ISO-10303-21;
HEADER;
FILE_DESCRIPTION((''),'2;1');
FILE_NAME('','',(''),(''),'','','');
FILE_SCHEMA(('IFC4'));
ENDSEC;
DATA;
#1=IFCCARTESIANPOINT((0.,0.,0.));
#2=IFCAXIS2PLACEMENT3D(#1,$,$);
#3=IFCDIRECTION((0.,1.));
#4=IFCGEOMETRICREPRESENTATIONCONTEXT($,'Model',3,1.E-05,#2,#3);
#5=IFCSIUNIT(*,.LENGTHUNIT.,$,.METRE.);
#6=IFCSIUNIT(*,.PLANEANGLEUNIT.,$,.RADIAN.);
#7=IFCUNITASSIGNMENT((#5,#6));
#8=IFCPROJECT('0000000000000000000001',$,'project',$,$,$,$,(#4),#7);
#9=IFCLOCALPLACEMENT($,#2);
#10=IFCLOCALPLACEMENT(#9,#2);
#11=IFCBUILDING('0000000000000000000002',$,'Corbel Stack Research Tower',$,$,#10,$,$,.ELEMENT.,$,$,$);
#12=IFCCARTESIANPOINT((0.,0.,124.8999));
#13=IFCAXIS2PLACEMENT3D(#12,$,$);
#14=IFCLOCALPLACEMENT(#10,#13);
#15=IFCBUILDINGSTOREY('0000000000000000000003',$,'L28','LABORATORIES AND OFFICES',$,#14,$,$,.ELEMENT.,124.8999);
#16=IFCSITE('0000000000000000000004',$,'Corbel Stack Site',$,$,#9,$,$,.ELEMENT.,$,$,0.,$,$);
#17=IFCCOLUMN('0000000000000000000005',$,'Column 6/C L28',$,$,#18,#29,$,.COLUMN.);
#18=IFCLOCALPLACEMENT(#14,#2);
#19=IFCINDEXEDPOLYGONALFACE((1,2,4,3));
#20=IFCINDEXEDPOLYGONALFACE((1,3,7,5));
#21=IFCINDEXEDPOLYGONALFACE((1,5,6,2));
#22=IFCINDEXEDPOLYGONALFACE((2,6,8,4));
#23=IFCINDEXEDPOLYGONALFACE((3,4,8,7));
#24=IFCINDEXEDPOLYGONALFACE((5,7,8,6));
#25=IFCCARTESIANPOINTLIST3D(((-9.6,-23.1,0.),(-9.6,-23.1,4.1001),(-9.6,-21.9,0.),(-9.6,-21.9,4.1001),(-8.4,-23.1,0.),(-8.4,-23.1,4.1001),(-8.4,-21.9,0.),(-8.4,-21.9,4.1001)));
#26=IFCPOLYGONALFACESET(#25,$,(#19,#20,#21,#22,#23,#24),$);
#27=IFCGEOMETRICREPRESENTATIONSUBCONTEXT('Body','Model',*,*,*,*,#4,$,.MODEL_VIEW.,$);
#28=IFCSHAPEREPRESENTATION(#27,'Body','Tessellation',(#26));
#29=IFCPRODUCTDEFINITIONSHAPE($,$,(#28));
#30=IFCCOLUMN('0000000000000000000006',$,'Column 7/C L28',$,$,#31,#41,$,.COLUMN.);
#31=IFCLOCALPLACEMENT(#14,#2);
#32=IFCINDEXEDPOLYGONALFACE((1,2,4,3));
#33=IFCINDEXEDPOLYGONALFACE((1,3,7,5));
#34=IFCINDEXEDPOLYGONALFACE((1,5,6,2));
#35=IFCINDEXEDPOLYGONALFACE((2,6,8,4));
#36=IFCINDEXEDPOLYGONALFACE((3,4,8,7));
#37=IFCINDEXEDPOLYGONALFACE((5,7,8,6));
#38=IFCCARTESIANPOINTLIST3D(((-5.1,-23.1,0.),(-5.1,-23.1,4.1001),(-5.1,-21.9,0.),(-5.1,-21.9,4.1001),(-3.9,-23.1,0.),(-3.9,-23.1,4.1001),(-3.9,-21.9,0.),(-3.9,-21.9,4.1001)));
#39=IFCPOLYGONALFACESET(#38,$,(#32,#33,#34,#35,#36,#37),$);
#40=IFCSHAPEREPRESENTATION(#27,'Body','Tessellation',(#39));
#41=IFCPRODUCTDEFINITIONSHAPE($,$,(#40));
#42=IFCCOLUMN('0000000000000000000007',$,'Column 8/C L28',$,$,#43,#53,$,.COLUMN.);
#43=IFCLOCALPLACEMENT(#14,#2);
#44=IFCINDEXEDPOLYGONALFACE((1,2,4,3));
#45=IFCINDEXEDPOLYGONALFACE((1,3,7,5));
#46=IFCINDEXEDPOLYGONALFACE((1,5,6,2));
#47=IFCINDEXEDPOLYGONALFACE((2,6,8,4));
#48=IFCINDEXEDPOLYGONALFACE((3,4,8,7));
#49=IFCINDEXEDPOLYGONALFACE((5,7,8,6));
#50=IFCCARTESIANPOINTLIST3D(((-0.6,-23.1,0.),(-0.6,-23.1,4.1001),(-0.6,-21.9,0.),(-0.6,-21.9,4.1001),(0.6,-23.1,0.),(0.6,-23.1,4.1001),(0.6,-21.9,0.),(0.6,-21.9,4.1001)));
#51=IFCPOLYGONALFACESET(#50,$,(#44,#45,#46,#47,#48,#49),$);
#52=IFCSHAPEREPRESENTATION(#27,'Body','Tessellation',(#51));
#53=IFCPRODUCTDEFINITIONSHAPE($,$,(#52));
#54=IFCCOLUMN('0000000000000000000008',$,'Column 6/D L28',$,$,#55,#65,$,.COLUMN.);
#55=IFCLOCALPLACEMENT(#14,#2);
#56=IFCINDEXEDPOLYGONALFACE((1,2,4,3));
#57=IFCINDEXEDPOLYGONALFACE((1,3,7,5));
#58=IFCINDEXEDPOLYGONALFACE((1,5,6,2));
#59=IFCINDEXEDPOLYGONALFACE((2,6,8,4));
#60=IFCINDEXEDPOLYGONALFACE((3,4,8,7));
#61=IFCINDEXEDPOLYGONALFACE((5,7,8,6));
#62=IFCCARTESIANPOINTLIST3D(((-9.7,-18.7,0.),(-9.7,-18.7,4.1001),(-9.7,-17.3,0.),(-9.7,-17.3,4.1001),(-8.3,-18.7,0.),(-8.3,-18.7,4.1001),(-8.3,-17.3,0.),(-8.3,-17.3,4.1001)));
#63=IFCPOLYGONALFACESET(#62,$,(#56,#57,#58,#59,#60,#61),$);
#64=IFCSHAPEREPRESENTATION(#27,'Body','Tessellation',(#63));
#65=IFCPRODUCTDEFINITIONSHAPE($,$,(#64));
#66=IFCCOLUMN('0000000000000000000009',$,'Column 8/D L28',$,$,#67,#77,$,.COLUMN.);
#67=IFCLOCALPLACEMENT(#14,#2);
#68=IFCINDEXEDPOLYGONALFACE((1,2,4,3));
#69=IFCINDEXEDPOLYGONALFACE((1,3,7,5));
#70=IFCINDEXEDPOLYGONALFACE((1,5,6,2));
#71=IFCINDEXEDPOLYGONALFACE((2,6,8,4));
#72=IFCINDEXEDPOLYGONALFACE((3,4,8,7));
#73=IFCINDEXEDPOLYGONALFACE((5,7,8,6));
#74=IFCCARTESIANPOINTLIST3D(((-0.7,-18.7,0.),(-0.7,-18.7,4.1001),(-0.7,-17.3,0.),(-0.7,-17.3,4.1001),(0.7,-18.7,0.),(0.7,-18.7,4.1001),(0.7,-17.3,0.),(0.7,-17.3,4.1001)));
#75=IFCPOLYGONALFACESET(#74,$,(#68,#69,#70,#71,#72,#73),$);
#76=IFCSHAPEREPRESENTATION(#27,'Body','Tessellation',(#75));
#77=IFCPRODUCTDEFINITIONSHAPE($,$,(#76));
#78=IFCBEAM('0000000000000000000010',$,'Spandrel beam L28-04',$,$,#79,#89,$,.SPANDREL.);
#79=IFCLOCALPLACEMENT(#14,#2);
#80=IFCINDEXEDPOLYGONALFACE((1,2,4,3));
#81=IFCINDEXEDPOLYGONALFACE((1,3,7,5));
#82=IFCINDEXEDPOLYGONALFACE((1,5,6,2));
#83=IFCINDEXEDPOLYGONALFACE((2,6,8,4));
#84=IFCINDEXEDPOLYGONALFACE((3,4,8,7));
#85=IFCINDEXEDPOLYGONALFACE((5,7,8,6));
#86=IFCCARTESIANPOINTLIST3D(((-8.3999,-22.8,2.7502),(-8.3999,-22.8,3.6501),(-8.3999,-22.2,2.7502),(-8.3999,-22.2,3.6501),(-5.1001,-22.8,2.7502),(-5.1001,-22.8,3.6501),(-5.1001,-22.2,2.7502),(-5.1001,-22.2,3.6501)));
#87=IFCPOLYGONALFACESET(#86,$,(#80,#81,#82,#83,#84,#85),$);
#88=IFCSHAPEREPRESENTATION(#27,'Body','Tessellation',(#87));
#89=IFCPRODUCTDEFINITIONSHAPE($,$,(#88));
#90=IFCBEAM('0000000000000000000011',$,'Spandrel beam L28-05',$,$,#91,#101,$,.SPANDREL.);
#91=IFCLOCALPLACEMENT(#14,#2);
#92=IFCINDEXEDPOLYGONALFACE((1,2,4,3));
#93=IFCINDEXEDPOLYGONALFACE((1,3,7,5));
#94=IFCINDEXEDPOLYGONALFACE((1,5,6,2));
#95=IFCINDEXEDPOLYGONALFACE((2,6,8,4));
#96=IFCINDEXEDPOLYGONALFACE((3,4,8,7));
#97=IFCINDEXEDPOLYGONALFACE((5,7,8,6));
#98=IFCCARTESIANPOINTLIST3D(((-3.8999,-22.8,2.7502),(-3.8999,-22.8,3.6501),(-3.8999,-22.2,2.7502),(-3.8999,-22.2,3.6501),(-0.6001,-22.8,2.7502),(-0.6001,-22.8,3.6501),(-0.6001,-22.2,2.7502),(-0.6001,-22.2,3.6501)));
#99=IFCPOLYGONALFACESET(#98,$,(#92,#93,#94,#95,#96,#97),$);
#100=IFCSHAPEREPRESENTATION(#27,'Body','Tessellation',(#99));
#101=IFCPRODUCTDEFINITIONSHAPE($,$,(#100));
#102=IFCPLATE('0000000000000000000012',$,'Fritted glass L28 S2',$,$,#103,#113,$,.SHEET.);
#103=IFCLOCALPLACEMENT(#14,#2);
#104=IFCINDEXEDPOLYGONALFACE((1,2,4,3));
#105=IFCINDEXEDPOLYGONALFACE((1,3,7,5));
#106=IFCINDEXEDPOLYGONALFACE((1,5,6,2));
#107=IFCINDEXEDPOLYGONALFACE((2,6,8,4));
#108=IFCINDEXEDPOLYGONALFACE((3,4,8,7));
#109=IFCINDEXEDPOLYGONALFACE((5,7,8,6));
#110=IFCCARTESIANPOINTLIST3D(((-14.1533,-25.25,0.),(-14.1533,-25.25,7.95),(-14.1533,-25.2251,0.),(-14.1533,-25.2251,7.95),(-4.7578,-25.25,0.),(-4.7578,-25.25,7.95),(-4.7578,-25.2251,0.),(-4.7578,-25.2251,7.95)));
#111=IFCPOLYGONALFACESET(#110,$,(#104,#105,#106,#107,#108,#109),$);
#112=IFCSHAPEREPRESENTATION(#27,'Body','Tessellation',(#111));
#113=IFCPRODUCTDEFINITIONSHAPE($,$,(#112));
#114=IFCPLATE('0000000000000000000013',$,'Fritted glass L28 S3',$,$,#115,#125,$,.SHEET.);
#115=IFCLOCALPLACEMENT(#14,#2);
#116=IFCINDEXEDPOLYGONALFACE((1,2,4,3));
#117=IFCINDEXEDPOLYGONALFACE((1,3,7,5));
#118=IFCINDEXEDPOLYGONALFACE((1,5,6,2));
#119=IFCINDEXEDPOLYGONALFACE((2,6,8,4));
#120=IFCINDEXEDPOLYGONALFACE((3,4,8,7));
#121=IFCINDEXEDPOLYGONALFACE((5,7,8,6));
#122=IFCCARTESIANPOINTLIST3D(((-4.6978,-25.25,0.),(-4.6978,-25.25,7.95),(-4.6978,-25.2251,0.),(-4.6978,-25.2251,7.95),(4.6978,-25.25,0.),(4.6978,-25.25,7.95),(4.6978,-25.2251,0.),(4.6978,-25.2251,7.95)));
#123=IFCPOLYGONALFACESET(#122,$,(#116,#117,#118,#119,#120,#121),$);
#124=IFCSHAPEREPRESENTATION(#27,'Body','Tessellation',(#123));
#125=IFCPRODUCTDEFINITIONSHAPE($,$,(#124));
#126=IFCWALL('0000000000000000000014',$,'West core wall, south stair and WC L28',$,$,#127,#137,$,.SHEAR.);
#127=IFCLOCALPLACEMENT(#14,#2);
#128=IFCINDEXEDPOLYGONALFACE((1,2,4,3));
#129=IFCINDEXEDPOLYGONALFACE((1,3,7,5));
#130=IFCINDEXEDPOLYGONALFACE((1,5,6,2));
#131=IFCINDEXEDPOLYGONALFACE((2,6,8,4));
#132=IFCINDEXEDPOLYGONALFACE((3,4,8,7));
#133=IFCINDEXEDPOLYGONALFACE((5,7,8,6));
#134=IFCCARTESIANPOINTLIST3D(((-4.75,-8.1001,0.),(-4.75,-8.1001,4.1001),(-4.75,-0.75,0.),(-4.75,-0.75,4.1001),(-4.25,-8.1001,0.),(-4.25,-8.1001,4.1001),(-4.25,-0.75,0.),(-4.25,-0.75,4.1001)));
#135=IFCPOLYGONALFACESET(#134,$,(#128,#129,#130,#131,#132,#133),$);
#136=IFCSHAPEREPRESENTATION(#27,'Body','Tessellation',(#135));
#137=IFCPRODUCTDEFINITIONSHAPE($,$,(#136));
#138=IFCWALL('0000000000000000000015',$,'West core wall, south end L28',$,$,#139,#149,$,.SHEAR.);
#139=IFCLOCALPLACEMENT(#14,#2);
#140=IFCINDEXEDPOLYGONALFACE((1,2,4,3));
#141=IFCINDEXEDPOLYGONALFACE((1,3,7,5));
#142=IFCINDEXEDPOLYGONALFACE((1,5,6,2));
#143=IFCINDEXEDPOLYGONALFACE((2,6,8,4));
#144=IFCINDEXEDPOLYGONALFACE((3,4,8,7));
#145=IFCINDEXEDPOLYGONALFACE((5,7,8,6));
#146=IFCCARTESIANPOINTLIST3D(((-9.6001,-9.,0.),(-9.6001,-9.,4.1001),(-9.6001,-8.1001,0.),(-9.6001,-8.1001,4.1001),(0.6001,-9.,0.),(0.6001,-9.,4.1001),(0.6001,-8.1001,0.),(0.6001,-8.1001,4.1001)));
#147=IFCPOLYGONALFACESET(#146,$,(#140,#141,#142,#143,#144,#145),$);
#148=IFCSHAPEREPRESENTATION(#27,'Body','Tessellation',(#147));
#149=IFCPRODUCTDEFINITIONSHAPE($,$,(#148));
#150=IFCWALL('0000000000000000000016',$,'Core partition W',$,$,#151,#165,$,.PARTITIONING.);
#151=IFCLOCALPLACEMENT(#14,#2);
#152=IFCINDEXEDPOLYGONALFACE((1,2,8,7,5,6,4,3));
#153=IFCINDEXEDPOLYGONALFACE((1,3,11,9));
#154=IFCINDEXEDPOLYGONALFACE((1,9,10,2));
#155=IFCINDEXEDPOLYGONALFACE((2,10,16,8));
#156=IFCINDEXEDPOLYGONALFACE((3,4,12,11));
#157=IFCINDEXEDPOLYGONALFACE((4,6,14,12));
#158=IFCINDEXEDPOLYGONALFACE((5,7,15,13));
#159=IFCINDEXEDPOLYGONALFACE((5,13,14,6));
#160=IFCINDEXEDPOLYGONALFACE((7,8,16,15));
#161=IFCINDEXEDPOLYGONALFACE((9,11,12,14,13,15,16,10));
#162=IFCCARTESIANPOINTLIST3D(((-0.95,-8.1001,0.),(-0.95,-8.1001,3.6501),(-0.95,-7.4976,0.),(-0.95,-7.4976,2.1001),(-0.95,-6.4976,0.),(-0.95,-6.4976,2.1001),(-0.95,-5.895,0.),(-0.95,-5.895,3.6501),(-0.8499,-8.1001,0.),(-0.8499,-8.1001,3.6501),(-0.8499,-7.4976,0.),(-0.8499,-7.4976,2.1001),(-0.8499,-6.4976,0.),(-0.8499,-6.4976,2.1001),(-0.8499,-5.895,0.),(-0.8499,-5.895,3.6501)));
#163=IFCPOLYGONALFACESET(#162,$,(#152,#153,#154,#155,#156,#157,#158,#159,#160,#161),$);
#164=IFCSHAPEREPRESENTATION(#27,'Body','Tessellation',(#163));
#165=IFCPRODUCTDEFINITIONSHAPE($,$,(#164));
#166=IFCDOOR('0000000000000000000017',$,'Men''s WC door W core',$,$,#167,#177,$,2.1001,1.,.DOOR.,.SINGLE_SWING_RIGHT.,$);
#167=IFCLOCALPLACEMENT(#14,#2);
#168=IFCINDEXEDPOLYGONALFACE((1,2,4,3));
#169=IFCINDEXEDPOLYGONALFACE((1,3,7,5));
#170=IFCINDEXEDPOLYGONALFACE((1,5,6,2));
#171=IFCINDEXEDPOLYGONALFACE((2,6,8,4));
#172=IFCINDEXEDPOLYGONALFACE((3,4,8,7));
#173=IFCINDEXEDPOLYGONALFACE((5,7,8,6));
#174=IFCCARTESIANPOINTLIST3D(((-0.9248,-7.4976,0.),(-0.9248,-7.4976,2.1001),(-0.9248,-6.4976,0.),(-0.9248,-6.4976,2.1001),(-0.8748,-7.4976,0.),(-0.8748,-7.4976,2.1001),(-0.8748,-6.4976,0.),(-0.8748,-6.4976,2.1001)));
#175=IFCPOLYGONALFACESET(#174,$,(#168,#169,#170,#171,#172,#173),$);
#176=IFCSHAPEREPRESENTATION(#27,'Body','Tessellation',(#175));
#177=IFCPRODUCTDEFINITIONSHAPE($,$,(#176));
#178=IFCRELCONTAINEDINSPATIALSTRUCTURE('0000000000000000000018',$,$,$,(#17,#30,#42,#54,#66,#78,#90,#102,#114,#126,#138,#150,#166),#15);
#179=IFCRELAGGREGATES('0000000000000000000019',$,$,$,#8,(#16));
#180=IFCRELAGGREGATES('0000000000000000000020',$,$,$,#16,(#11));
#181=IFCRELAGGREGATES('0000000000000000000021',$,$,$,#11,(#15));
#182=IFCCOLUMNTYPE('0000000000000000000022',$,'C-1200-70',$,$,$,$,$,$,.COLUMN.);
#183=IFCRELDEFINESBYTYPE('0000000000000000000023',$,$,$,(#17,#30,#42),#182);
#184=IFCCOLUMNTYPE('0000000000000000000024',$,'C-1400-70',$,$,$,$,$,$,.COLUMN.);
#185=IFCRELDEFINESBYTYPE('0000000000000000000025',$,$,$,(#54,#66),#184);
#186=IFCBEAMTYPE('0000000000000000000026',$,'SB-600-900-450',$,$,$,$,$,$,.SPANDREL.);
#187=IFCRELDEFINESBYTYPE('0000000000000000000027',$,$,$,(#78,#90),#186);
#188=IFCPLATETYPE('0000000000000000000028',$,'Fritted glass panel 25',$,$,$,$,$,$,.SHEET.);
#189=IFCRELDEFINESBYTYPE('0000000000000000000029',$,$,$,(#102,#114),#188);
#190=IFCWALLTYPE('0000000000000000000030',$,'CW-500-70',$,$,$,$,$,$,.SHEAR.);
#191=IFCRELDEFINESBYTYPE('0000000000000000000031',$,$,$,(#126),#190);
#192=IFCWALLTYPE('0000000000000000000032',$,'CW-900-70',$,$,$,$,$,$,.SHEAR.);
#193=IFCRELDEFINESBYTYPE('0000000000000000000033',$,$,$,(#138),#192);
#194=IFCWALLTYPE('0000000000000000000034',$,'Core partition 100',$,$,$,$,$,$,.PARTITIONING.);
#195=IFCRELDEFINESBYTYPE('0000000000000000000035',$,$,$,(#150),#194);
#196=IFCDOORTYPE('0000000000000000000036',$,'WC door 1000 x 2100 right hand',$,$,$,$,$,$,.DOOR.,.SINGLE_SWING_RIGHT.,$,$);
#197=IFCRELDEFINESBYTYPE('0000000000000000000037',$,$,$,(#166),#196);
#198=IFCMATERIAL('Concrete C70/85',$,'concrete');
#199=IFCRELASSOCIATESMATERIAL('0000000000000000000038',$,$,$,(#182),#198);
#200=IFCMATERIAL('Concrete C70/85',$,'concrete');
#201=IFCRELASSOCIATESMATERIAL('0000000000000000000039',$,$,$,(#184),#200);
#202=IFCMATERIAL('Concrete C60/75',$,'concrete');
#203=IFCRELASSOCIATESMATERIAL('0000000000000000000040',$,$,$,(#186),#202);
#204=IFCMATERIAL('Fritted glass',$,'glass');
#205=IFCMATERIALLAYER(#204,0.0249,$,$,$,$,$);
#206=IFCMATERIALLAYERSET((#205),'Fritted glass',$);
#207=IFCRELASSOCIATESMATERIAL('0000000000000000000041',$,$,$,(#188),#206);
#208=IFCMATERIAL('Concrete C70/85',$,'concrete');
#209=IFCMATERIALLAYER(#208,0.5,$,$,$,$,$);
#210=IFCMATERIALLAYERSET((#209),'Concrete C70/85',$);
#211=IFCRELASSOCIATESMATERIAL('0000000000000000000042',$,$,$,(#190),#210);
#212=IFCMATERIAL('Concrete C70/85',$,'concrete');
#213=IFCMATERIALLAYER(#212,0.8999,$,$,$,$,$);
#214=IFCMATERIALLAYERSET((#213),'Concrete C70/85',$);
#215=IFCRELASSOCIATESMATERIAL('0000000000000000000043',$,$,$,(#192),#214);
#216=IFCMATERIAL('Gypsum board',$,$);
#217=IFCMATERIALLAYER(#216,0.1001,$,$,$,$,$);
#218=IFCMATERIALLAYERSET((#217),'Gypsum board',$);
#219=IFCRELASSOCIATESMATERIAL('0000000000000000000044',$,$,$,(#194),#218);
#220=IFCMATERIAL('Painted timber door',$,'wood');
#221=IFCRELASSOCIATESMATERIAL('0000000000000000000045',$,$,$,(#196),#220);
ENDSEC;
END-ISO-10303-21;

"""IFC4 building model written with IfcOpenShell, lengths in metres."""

from ifc_helpers import new_model, si_unit, direction, frame, frame_2d, origin, origin_2d, place, context, subcontext, project, spatial, rectangle, extrude, material, layer, layer_set, material_profile, profile_set, type_object, element, fill, save


model = new_model("IFC4")

# Units and contexts
model_context = context("Model", 3, precision=1e-05, world=origin(), true_north=direction((0.0, 1.0)))
body_context = subcontext(model_context, "Body", "Model", "MODEL_VIEW")
ifc_project = project(units=[si_unit("LENGTHUNIT", "METRE"), si_unit("PLANEANGLEUNIT", "RADIAN")], contexts=[model_context])

# Site, building, storey
site_placement = place(None, origin())
site = spatial("IfcSite", under=ifc_project, at=site_placement, Name="Corbel Stack Site", CompositionType="ELEMENT", RefElevation=0.0)
building_placement = place(site_placement, origin())
building = spatial("IfcBuilding", under=site, at=building_placement, Name="Corbel Stack Research Tower", CompositionType="ELEMENT")
storey_placement = place(building_placement, frame((0.0, 0.0, 124.8999)))
storey = spatial("IfcBuildingStorey", under=building, at=storey_placement, Name="L28", Description="LABORATORIES AND OFFICES", CompositionType="ELEMENT", Elevation=124.8999)

# Columns
ifc_material_1 = material(Name="Concrete C70/85", Category="concrete")
ifc_material_profile_1 = material_profile(ifc_material_1, rectangle(XDim=1.2, YDim=1.2, at=origin_2d()), Name="RC 1200 x 1200")
ifc_profile_set_1 = profile_set([ifc_material_profile_1], Name="Concrete C70/85")
column_type_1 = type_object("IfcColumnType", Name="C-1200-70", PredefinedType="COLUMN", material=ifc_profile_set_1)
for number, where, z_axis, x_axis, name in (
    (1, (-9.0, -22.5, 0.0), (0.0, 0.0, 1.0), (1.0, 0.0, 0.0), "Column 6/C L28"),
    (2, (-4.5, -22.5, 0.0), (0.0, 0.0, 1.0), (1.0, 0.0, 0.0), "Column 7/C L28"),
    (3, (0.0, -22.5, 0.0), (0.0, 0.0, 1.0), (1.0, 0.0, 0.0), "Column 8/C L28"),
):
    element("IfcColumn", number, at=place(storey_placement, frame(where, z_axis=z_axis, x_axis=x_axis)), inside=storey, type_object=column_type_1, Name=name, PredefinedType="COLUMN", context=body_context, shape_type="SweptSolid", body=[
        extrude(rectangle(XDim=1.2, YDim=1.2, at=origin_2d()), origin(), (0.0, 0.0, 1.0), 4.1001),
    ])
ifc_material_2 = material(Name="Concrete C70/85", Category="concrete")
ifc_material_profile_2 = material_profile(ifc_material_2, rectangle(XDim=1.3999, YDim=1.3999, at=origin_2d()), Name="RC 1400 x 1400")
ifc_profile_set_2 = profile_set([ifc_material_profile_2], Name="Concrete C70/85")
column_type_2 = type_object("IfcColumnType", Name="C-1400-70", PredefinedType="COLUMN", material=ifc_profile_set_2)
for number, where, z_axis, x_axis, name in (
    (4, (-9.0, -18.0, 0.0), (0.0, 0.0, 1.0), (1.0, 0.0, 0.0), "Column 6/D L28"),
    (5, (0.0, -18.0, 0.0), (0.0, 0.0, 1.0), (1.0, 0.0, 0.0), "Column 8/D L28"),
):
    element("IfcColumn", number, at=place(storey_placement, frame(where, z_axis=z_axis, x_axis=x_axis)), inside=storey, type_object=column_type_2, Name=name, PredefinedType="COLUMN", context=body_context, shape_type="SweptSolid", body=[
        extrude(rectangle(XDim=1.3999, YDim=1.3999, at=origin_2d()), origin(), (0.0, 0.0, 1.0), 4.1001),
    ])

# Beams
ifc_material_3 = material(Name="Concrete C60/75", Category="concrete")
ifc_material_profile_3 = material_profile(ifc_material_3, rectangle(XDim=0.6001, YDim=0.8999, at=origin_2d()), Name="RC 600 x 900")
ifc_profile_set_3 = profile_set([ifc_material_profile_3], Name="Concrete C60/75")
beam_type = type_object("IfcBeamType", Name="SB-600-900-450", PredefinedType="SPANDREL", material=ifc_profile_set_3)
for number, where, z_axis, x_axis, name in (
    (6, (-8.3999, -22.5, 3.2002), (1.0, 0.0, 0.0), (0.0, 1.0, 0.0), "Spandrel beam L28-04"),
    (7, (-3.8999, -22.5, 3.2002), (1.0, 0.0, 0.0), (0.0, 1.0, 0.0), "Spandrel beam L28-05"),
):
    element("IfcBeam", number, at=place(storey_placement, frame(where, z_axis=z_axis, x_axis=x_axis)), inside=storey, type_object=beam_type, Name=name, PredefinedType="SPANDREL", context=body_context, shape_type="SweptSolid", body=[
        extrude(rectangle(XDim=0.6001, YDim=0.8999, at=origin_2d()), origin(), (0.0, 0.0, 1.0), 3.2998),
    ])

# Plates
ifc_material_4 = material(Name="Fritted glass", Category="glass")
ifc_layer_1 = layer(ifc_material_4, 0.0249)
ifc_layer_set_1 = layer_set([ifc_layer_1], Name="Fritted glass")
plate_type = type_object("IfcPlateType", Name="Fritted glass panel 25", PredefinedType="SHEET", material=ifc_layer_set_1)
for number, where, z_axis, x_axis, name in (
    (8, (-9.4556, -25.2375, 0.0), (0.0, 0.0, 1.0), (1.0, 0.0, 0.0), "Fritted glass L28 S2"),
    (9, (0.0, -25.2375, 0.0), (0.0, 0.0, 1.0), (1.0, 0.0, 0.0), "Fritted glass L28 S3"),
):
    element("IfcPlate", number, at=place(storey_placement, frame(where, z_axis=z_axis, x_axis=x_axis)), inside=storey, type_object=plate_type, Name=name, PredefinedType="SHEET", context=body_context, shape_type="SweptSolid", body=[
        extrude(rectangle(XDim=9.3955, YDim=0.0249, at=origin_2d()), origin(), (0.0, 0.0, 1.0), 7.95),
    ])

# Walls
ifc_material_5 = material(Name="Concrete C70/85", Category="concrete")
ifc_layer_2 = layer(ifc_material_5, 0.5)
ifc_layer_set_2 = layer_set([ifc_layer_2], Name="Concrete C70/85")
wall_type_1 = type_object("IfcWallType", Name="CW-500-70", PredefinedType="SHEAR", material=ifc_layer_set_2)
wall_1_placement = place(storey_placement, frame((-4.5, -8.1001, 0.0), z_axis=(0.0, 0.0, 1.0), x_axis=(0.0, 1.0, 0.0)))
element("IfcWall", 10, at=wall_1_placement, inside=storey, type_object=wall_type_1, Name="West core wall, south stair and WC L28", PredefinedType="SHEAR", context=body_context, shape_type="SweptSolid", body=[
    extrude(rectangle(XDim=7.3501, YDim=0.5, at=frame_2d((3.675, 0.0))), origin(), (0.0, 0.0, 1.0), 4.1001),
])
ifc_material_6 = material(Name="Concrete C70/85", Category="concrete")
ifc_layer_3 = layer(ifc_material_6, 0.8999)
ifc_layer_set_3 = layer_set([ifc_layer_3], Name="Concrete C70/85")
wall_type_2 = type_object("IfcWallType", Name="CW-900-70", PredefinedType="SHEAR", material=ifc_layer_set_3)
wall_2_placement = place(storey_placement, frame((-9.6001, -8.55, 0.0), z_axis=(0.0, 0.0, 1.0), x_axis=(1.0, 0.0, 0.0)))
element("IfcWall", 11, at=wall_2_placement, inside=storey, type_object=wall_type_2, Name="West core wall, south end L28", PredefinedType="SHEAR", context=body_context, shape_type="SweptSolid", body=[
    extrude(rectangle(XDim=10.2002, YDim=0.8999, at=frame_2d((5.1001, 0.0))), origin(), (0.0, 0.0, 1.0), 4.1001),
])

# Wall, opening, door
ifc_material_7 = material(Name="Gypsum board")
ifc_layer_4 = layer(ifc_material_7, 0.1001)
ifc_layer_set_4 = layer_set([ifc_layer_4], Name="Gypsum board")
wall_type_3 = type_object("IfcWallType", Name="Core partition 100", PredefinedType="PARTITIONING", material=ifc_layer_set_4)
wall_3_placement = place(storey_placement, frame((-0.8999, -8.1001, 0.0), z_axis=(0.0, 0.0, 1.0), x_axis=(0.0, 1.0, 0.0)))
wall_3 = element("IfcWall", 12, at=wall_3_placement, inside=storey, type_object=wall_type_3, Name="Core partition W", PredefinedType="PARTITIONING", context=body_context, shape_type="SweptSolid", body=[
    extrude(rectangle(XDim=2.2051, YDim=0.1001, at=frame_2d((1.1025, 0.0))), origin(), (0.0, 0.0, 1.0), 3.6501),
])
opening_1_placement = place(wall_3_placement, frame((0.6025, 0.0, 0.0)))
opening_1 = element("IfcOpeningElement", 13, at=opening_1_placement, cuts=wall_3, PredefinedType="OPENING", context=body_context, shape_type="SweptSolid", body=[
    extrude(rectangle(XDim=1.0, YDim=2.1001, at=frame_2d((0.5, 1.05))), frame((0.0, 0.0601, 0.0), z_axis=(0.0, -1.0, 0.0), x_axis=(1.0, 0.0, 0.0)), (0.0, 0.0, 1.0), 0.1201),
])
ifc_material_8 = material(Name="Painted timber door", Category="wood")
door_type_1 = type_object("IfcDoorType", Name="WC door 1000 x 2100 right hand", OperationType="SINGLE_SWING_RIGHT", PredefinedType="DOOR", material=ifc_material_8)
door_1_placement = place(opening_1_placement, origin())
door_1 = element("IfcDoor", 14, at=door_1_placement, inside=storey, type_object=door_type_1, Name="Men's WC door W core", OperationType="SINGLE_SWING_RIGHT", OverallHeight=2.1001, OverallWidth=1.0, PredefinedType="DOOR", context=body_context, shape_type="SweptSolid", body=[
    extrude(rectangle(XDim=1.0, YDim=2.1001, at=frame_2d((0.5, 1.05))), frame((0.0, 0.0249, 0.0), z_axis=(0.0, -1.0, 0.0), x_axis=(1.0, 0.0, 0.0)), (0.0, 0.0, 1.0), 0.05),
])
fill(opening_1, door_1)

save(model, "model.ifc")
